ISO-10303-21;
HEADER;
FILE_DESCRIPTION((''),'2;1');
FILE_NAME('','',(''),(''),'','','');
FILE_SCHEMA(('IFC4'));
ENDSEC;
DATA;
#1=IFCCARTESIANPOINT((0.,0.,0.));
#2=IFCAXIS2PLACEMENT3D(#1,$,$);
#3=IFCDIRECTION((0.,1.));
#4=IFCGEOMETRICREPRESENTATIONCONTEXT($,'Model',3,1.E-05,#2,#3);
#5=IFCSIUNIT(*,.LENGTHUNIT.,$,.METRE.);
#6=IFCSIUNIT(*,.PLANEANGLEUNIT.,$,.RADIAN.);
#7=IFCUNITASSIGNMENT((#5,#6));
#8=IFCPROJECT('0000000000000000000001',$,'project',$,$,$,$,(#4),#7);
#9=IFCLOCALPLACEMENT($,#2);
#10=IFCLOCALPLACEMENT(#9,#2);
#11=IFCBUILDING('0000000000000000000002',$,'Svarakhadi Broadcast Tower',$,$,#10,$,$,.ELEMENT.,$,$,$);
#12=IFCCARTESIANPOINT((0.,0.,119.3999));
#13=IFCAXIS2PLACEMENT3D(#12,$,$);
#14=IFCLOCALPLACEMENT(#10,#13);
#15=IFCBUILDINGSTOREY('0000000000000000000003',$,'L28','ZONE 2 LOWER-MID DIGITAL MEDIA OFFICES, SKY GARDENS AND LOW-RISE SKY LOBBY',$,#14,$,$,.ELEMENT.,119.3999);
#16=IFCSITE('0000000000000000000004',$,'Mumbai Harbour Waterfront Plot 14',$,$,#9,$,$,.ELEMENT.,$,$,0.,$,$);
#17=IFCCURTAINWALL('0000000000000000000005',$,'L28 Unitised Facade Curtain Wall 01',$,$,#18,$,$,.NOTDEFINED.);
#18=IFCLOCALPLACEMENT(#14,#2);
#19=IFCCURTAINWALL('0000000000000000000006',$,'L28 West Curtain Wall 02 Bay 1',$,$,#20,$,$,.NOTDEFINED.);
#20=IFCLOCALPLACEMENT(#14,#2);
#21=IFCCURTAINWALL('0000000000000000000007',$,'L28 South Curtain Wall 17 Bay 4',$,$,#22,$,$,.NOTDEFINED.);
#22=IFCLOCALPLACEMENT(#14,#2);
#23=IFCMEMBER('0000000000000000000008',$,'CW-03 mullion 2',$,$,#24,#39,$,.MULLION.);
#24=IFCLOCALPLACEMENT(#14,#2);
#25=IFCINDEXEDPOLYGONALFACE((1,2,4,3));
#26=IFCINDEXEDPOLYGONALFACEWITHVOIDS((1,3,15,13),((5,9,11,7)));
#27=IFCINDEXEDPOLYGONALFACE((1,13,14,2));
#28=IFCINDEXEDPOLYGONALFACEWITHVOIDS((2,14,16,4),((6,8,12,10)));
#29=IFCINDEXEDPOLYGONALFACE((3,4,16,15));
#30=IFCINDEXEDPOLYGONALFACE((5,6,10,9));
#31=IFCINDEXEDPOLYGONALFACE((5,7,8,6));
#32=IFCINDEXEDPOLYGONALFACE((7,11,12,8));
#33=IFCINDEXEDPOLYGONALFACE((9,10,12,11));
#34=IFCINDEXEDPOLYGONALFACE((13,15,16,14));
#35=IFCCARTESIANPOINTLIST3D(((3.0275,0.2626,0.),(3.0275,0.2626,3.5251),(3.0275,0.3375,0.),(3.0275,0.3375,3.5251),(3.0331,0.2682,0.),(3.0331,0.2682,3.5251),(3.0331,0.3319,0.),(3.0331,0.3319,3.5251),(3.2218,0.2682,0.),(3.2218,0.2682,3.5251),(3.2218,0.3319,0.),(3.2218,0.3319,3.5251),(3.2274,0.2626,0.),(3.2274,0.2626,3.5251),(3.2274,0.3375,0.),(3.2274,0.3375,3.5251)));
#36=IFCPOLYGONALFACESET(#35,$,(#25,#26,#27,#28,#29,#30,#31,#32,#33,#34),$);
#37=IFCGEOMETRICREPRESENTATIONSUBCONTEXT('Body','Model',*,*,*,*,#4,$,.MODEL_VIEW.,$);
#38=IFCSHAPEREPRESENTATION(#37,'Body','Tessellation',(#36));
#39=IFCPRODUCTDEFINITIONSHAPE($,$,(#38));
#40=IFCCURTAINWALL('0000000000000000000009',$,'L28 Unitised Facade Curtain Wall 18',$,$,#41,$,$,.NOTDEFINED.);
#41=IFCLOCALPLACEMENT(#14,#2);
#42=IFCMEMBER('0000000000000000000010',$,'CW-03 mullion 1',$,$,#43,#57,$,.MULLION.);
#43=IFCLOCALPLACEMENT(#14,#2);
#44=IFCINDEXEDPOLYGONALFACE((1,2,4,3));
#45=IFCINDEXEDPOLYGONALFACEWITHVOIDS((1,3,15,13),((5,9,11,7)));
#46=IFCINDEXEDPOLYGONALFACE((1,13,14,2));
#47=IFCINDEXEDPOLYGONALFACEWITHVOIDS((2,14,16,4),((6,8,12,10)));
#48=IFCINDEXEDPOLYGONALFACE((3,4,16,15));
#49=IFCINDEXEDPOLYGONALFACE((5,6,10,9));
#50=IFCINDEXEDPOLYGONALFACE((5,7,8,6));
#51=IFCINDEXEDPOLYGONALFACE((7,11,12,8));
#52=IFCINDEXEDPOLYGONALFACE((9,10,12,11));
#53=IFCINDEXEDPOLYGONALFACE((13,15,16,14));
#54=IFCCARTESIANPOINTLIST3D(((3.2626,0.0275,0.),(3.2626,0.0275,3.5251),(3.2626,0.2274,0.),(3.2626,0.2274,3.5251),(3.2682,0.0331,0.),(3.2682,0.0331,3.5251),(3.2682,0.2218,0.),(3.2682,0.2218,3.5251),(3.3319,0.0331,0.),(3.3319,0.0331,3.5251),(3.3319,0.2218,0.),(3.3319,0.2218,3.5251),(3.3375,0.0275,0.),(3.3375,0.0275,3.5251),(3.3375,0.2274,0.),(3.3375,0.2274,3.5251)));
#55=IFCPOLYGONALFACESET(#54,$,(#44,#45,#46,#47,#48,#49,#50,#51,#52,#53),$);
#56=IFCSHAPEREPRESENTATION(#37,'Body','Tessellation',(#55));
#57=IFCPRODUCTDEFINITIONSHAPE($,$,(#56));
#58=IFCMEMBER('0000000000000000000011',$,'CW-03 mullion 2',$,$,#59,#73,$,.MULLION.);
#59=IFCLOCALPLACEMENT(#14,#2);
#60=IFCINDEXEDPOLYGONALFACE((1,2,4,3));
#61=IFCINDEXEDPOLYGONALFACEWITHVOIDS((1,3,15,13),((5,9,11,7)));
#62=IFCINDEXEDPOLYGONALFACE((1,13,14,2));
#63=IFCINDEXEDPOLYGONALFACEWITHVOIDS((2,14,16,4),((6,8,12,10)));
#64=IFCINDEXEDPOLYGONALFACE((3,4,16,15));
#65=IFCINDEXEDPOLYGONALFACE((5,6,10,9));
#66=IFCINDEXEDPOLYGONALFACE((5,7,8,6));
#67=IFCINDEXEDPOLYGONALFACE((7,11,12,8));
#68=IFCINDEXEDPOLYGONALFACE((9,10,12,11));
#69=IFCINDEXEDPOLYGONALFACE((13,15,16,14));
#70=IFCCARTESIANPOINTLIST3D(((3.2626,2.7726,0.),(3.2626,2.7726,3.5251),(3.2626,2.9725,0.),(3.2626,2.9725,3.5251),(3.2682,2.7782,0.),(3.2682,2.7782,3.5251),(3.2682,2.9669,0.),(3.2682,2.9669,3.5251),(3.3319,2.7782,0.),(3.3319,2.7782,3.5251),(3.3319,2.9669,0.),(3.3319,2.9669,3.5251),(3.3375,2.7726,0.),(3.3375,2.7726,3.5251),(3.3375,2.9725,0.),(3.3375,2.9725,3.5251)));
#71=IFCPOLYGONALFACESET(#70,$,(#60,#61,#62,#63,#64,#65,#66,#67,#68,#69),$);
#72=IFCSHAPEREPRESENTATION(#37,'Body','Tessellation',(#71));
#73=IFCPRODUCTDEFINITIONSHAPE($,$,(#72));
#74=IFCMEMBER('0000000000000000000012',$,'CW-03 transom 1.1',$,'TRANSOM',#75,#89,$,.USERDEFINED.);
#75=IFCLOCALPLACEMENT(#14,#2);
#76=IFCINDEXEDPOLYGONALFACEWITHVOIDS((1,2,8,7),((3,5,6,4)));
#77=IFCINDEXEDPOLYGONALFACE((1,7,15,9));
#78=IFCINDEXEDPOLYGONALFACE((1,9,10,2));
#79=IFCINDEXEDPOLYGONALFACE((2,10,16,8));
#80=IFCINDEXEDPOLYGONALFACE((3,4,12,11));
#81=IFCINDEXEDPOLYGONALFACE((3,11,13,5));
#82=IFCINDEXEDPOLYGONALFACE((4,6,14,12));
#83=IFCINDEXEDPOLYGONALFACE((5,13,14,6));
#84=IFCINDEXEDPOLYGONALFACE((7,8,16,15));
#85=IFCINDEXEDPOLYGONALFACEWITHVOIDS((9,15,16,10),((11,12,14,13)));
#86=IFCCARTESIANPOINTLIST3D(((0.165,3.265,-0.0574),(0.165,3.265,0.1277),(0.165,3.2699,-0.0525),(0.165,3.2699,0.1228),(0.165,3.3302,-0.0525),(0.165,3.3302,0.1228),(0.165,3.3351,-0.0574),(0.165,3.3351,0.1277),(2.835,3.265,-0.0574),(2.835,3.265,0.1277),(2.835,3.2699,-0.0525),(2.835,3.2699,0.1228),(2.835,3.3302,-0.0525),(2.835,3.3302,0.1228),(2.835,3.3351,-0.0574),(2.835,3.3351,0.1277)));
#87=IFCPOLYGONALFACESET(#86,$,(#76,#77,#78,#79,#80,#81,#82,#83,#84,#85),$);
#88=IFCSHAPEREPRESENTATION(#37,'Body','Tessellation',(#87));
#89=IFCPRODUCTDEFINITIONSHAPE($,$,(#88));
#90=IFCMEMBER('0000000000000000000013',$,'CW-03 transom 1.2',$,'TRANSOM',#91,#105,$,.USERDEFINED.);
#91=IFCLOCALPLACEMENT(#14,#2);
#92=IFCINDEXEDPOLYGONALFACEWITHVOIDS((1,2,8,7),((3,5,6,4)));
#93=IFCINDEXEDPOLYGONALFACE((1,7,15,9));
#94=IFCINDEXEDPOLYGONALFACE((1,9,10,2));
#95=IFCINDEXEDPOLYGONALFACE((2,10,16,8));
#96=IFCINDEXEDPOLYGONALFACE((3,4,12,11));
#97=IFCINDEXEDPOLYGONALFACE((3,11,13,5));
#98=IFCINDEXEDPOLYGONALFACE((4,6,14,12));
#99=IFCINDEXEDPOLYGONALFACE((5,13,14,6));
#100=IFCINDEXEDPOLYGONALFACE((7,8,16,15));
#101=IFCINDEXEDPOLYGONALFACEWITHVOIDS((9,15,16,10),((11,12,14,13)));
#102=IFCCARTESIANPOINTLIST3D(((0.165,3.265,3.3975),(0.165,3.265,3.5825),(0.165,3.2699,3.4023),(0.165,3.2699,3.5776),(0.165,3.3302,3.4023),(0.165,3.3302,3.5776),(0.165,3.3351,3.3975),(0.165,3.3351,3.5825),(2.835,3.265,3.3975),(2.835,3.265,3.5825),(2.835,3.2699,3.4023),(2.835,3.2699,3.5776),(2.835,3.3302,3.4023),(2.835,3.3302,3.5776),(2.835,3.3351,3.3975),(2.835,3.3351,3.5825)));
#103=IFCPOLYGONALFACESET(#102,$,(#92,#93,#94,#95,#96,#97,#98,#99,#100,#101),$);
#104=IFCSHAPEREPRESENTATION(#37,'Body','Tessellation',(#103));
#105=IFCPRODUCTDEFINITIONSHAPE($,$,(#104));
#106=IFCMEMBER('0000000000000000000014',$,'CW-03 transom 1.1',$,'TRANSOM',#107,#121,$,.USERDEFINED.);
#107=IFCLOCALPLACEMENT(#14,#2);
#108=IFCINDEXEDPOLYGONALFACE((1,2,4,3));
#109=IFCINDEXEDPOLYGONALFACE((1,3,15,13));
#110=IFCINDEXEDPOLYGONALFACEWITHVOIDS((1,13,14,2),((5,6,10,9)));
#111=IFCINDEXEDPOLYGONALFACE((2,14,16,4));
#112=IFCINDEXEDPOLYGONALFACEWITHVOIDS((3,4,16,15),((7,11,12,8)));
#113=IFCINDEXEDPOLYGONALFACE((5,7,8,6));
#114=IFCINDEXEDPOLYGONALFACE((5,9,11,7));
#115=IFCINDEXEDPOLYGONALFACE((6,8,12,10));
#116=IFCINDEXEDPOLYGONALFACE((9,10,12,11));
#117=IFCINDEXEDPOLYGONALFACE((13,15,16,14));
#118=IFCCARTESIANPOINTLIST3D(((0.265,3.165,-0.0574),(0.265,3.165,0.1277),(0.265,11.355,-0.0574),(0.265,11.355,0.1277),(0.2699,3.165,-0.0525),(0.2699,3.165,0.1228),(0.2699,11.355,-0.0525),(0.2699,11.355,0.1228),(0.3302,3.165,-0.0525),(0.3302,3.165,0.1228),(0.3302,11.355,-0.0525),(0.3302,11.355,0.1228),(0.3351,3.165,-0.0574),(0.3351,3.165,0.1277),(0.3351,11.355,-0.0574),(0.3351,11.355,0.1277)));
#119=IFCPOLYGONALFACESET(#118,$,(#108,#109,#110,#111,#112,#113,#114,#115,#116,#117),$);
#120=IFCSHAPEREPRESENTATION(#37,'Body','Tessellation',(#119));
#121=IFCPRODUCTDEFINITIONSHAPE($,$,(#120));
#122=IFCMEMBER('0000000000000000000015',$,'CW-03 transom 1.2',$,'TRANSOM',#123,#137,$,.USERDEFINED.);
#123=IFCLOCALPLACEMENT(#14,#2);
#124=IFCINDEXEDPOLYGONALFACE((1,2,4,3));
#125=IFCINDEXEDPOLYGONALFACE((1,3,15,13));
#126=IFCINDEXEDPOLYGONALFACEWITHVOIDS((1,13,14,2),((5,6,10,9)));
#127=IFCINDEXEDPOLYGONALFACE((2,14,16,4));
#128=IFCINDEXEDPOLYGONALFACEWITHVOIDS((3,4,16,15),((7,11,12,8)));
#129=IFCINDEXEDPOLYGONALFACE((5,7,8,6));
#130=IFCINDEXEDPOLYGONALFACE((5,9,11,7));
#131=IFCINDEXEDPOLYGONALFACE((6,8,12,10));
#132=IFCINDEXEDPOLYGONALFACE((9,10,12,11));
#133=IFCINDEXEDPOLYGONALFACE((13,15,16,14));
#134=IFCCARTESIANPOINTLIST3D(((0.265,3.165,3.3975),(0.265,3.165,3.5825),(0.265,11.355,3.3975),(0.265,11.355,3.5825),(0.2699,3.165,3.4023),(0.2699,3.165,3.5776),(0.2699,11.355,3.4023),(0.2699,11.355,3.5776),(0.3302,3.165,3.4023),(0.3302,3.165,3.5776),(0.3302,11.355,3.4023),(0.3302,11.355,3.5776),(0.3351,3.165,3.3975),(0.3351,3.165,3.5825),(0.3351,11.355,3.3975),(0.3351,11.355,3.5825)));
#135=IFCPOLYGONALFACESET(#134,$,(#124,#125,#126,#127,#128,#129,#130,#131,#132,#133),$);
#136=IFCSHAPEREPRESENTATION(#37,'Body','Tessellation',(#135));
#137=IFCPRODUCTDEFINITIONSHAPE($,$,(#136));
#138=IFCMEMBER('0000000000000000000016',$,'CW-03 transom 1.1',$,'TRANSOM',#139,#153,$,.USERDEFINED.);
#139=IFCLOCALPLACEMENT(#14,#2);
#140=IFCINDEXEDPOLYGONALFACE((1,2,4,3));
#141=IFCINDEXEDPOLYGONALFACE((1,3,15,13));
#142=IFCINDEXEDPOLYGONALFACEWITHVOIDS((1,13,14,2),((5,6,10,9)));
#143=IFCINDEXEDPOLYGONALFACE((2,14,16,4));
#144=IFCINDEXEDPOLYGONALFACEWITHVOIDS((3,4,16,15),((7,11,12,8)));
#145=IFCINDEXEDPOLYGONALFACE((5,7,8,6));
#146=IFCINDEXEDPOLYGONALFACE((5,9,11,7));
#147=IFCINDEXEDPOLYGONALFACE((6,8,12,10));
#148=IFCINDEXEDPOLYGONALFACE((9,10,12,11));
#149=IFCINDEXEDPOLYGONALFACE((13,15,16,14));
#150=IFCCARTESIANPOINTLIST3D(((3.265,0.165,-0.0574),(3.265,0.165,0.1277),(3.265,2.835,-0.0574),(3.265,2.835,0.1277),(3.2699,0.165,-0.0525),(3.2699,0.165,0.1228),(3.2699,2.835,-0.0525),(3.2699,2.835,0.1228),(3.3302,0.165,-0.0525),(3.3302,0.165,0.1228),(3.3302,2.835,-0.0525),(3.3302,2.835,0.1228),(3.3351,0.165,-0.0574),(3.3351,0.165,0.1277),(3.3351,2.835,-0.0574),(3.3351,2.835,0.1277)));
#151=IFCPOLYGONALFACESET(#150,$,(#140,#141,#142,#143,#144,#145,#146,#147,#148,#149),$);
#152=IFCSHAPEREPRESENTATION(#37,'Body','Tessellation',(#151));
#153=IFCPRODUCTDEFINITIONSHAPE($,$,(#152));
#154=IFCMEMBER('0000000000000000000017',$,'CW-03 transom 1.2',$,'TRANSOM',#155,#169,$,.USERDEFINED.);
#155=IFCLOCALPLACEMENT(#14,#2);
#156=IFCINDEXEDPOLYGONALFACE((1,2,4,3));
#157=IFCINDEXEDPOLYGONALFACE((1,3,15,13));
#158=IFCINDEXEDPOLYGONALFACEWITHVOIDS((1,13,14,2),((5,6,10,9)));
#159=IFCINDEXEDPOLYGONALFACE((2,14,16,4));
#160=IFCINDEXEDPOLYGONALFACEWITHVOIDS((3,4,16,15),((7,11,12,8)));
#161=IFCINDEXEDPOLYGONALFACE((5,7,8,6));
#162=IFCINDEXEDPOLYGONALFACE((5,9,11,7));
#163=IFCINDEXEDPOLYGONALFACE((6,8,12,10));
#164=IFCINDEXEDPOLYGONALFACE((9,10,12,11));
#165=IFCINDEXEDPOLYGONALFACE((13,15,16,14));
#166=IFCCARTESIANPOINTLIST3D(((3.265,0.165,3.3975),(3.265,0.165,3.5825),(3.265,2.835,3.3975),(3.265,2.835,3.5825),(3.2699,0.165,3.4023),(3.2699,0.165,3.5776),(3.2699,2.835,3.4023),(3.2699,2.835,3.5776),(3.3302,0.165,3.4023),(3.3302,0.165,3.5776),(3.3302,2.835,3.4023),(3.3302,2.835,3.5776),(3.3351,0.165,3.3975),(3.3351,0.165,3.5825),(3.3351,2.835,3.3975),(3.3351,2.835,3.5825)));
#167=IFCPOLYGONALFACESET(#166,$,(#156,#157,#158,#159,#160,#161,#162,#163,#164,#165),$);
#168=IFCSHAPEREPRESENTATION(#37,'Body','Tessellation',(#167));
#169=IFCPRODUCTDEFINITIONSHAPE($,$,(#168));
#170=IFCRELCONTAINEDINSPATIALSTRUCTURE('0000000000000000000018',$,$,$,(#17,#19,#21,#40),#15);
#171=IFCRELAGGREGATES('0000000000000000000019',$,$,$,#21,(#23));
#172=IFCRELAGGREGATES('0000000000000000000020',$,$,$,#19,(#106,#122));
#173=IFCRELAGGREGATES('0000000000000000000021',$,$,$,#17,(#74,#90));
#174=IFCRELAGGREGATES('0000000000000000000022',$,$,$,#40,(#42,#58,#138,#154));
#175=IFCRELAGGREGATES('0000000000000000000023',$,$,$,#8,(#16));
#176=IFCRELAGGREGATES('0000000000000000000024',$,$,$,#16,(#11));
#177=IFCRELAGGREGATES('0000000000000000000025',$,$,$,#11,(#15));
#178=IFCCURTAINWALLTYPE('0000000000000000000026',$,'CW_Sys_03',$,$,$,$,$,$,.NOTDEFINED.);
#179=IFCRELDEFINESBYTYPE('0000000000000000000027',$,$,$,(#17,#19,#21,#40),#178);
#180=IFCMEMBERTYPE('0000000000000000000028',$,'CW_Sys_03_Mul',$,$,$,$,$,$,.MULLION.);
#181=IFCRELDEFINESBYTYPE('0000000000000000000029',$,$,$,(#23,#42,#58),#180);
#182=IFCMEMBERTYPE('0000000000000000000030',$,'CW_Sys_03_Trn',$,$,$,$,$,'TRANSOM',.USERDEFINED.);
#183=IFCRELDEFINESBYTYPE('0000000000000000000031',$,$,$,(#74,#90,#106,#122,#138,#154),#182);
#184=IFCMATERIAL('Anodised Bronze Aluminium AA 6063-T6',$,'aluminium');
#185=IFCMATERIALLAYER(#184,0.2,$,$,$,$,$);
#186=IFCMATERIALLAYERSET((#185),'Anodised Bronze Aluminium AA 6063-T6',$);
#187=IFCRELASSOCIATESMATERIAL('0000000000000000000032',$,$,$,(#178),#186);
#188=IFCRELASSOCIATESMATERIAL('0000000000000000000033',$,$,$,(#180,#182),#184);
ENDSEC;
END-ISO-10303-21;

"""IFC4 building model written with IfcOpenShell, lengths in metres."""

from ifc_helpers import new_model, si_unit, direction, frame, origin, origin_2d, place, context, subcontext, project, spatial, hollow_rectangle, extrude, material, layer, layer_set, material_profile, profile_set, type_object, element, aggregate, save


model = new_model("IFC4")

# Units and contexts
model_context = context("Model", 3, precision=1e-05, world=origin(), true_north=direction((0.0, 1.0)))
body_context = subcontext(model_context, "Body", "Model", "MODEL_VIEW")
ifc_project = project(units=[si_unit("LENGTHUNIT", "METRE"), si_unit("PLANEANGLEUNIT", "RADIAN")], contexts=[model_context])

# Site, building, storey
site_placement = place(None, origin())
site = spatial("IfcSite", under=ifc_project, at=site_placement, Name="Mumbai Harbour Waterfront Plot 14", CompositionType="ELEMENT", RefElevation=0.0)
building_placement = place(site_placement, origin())
building = spatial("IfcBuilding", under=site, at=building_placement, Name="Svarakhadi Broadcast Tower", CompositionType="ELEMENT")
storey_placement = place(building_placement, frame((0.0, 0.0, 119.3999)))
storey = spatial("IfcBuildingStorey", under=building, at=storey_placement, Name="L28", Description="ZONE 2 LOWER-MID DIGITAL MEDIA OFFICES, SKY GARDENS AND LOW-RISE SKY LOBBY", CompositionType="ELEMENT", Elevation=119.3999)

# Curtain wall
ifc_material_1 = material(Name="Anodised Bronze Aluminium AA 6063-T6", Category="aluminium")
ifc_layer_1 = layer(ifc_material_1, 0.2)
ifc_layer_set_1 = layer_set([ifc_layer_1], Name="Anodised Bronze Aluminium AA 6063-T6")
curtain_wall_type = type_object("IfcCurtainWallType", Name="CW_Sys_03", PredefinedType="NOTDEFINED", material=ifc_layer_set_1)
curtain_wall_1_placement = place(storey_placement, origin())
curtain_wall_1 = element("IfcCurtainWall", 1, at=curtain_wall_1_placement, inside=storey, type_object=curtain_wall_type, Name="L28 Unitised Facade Curtain Wall 01", PredefinedType="NOTDEFINED")
ifc_material_profile_1 = material_profile(ifc_material_1, hollow_rectangle(XDim=0.075, YDim=0.2, WallThickness=0.0056, at=origin_2d()), Name="ALU MULLION 200x75x6")
ifc_profile_set_1 = profile_set([ifc_material_profile_1], Name="Anodised Bronze Aluminium AA 6063-T6")
member_type_1 = type_object("IfcMemberType", Name="CW_Sys_03_Mul", PredefinedType="MULLION", material=ifc_profile_set_1)

# Curtain walls, member
curtain_wall_2_placement = place(storey_placement, origin())
curtain_wall_2 = element("IfcCurtainWall", 2, at=curtain_wall_2_placement, inside=storey, type_object=curtain_wall_type, Name="L28 West Curtain Wall 02 Bay 1", PredefinedType="NOTDEFINED")
curtain_wall_3_placement = place(storey_placement, origin())
curtain_wall_3 = element("IfcCurtainWall", 3, at=curtain_wall_3_placement, inside=storey, type_object=curtain_wall_type, Name="L28 South Curtain Wall 17 Bay 4", PredefinedType="NOTDEFINED")
member_1_placement = place(storey_placement, frame((3.1274, 0.3, 0.0), z_axis=(0.0, 0.0, 1.0), x_axis=(0.0, -1.0, 0.0)))
member_1 = element("IfcMember", 4, at=member_1_placement, type_object=member_type_1, Name="CW-03 mullion 2", PredefinedType="MULLION", context=body_context, shape_type="SweptSolid", body=[
    extrude(hollow_rectangle(XDim=0.075, YDim=0.2, WallThickness=0.0056, at=origin_2d()), origin(), (0.0, 0.0, 1.0), 3.5251),
])
aggregate(curtain_wall_3, [member_1])

# Curtain wall, members
curtain_wall_4_placement = place(storey_placement, origin())
curtain_wall_4 = element("IfcCurtainWall", 5, at=curtain_wall_4_placement, inside=storey, type_object=curtain_wall_type, Name="L28 Unitised Facade Curtain Wall 18", PredefinedType="NOTDEFINED")
member_2_placement = place(storey_placement, frame((3.3, 0.1274, 0.0), z_axis=(0.0, 0.0, 1.0), x_axis=(-1.0, 0.0, 0.0)))
member_2 = element("IfcMember", 6, at=member_2_placement, type_object=member_type_1, Name="CW-03 mullion 1", PredefinedType="MULLION", context=body_context, shape_type="SweptSolid", body=[
    extrude(hollow_rectangle(XDim=0.075, YDim=0.2, WallThickness=0.0056, at=origin_2d()), origin(), (0.0, 0.0, 1.0), 3.5251),
])
member_3_placement = place(storey_placement, frame((3.3, 2.8726, 0.0), z_axis=(0.0, 0.0, 1.0), x_axis=(-1.0, 0.0, 0.0)))
member_3 = element("IfcMember", 7, at=member_3_placement, type_object=member_type_1, Name="CW-03 mullion 2", PredefinedType="MULLION", context=body_context, shape_type="SweptSolid", body=[
    extrude(hollow_rectangle(XDim=0.075, YDim=0.2, WallThickness=0.0056, at=origin_2d()), origin(), (0.0, 0.0, 1.0), 3.5251),
])

# Members
ifc_material_profile_2 = material_profile(ifc_material_1, hollow_rectangle(XDim=0.0701, YDim=0.1851, WallThickness=0.0049, at=origin_2d()), Name="ALU TRANSOM 185x70x5")
ifc_profile_set_2 = profile_set([ifc_material_profile_2], Name="Anodised Bronze Aluminium AA 6063-T6")
member_type_2 = type_object("IfcMemberType", Name="CW_Sys_03_Trn", ElementType="TRANSOM", PredefinedType="USERDEFINED", material=ifc_profile_set_2)
member_4_placement = place(storey_placement, frame((2.835, 3.3, 0.0352), z_axis=(-1.0, 0.0, 0.0), x_axis=(0.0, -1.0, 0.0)))
member_4 = element("IfcMember", 8, at=member_4_placement, type_object=member_type_2, Name="CW-03 transom 1.1", ObjectType="TRANSOM", PredefinedType="USERDEFINED", context=body_context, shape_type="SweptSolid", body=[
    extrude(hollow_rectangle(XDim=0.0701, YDim=0.1851, WallThickness=0.0049, at=origin_2d()), origin(), (0.0, 0.0, 1.0), 2.6699),
])
member_5_placement = place(storey_placement, frame((2.835, 3.3, 3.49), z_axis=(-1.0, 0.0, 0.0), x_axis=(0.0, -1.0, 0.0)))
member_5 = element("IfcMember", 9, at=member_5_placement, type_object=member_type_2, Name="CW-03 transom 1.2", ObjectType="TRANSOM", PredefinedType="USERDEFINED", context=body_context, shape_type="SweptSolid", body=[
    extrude(hollow_rectangle(XDim=0.0701, YDim=0.1851, WallThickness=0.0049, at=origin_2d()), origin(), (0.0, 0.0, 1.0), 2.6699),
])
member_6_placement = place(storey_placement, frame((0.3, 3.165, 0.0352), z_axis=(0.0, 1.0, 0.0), x_axis=(-1.0, 0.0, 0.0)))
member_6 = element("IfcMember", 10, at=member_6_placement, type_object=member_type_2, Name="CW-03 transom 1.1", ObjectType="TRANSOM", PredefinedType="USERDEFINED", context=body_context, shape_type="SweptSolid", body=[
    extrude(hollow_rectangle(XDim=0.0701, YDim=0.1851, WallThickness=0.0049, at=origin_2d()), origin(), (0.0, 0.0, 1.0), 8.1899),
])
member_7_placement = place(storey_placement, frame((0.3, 3.165, 3.49), z_axis=(0.0, 1.0, 0.0), x_axis=(-1.0, 0.0, 0.0)))
member_7 = element("IfcMember", 11, at=member_7_placement, type_object=member_type_2, Name="CW-03 transom 1.2", ObjectType="TRANSOM", PredefinedType="USERDEFINED", context=body_context, shape_type="SweptSolid", body=[
    extrude(hollow_rectangle(XDim=0.0701, YDim=0.1851, WallThickness=0.0049, at=origin_2d()), origin(), (0.0, 0.0, 1.0), 8.1899),
])
aggregate(curtain_wall_2, [member_6, member_7])
member_8_placement = place(storey_placement, frame((3.3, 0.165, 0.0352), z_axis=(0.0, 1.0, 0.0), x_axis=(-1.0, 0.0, 0.0)))
member_8 = element("IfcMember", 12, at=member_8_placement, type_object=member_type_2, Name="CW-03 transom 1.1", ObjectType="TRANSOM", PredefinedType="USERDEFINED", context=body_context, shape_type="SweptSolid", body=[
    extrude(hollow_rectangle(XDim=0.0701, YDim=0.1851, WallThickness=0.0049, at=origin_2d()), origin(), (0.0, 0.0, 1.0), 2.6699),
])
member_9_placement = place(storey_placement, frame((3.3, 0.165, 3.49), z_axis=(0.0, 1.0, 0.0), x_axis=(-1.0, 0.0, 0.0)))
member_9 = element("IfcMember", 13, at=member_9_placement, type_object=member_type_2, Name="CW-03 transom 1.2", ObjectType="TRANSOM", PredefinedType="USERDEFINED", context=body_context, shape_type="SweptSolid", body=[
    extrude(hollow_rectangle(XDim=0.0701, YDim=0.1851, WallThickness=0.0049, at=origin_2d()), origin(), (0.0, 0.0, 1.0), 2.6699),
])

aggregate(curtain_wall_1, [member_4, member_5])
aggregate(curtain_wall_4, [member_2, member_3, member_8, member_9])

save(model, "model.ifc")
